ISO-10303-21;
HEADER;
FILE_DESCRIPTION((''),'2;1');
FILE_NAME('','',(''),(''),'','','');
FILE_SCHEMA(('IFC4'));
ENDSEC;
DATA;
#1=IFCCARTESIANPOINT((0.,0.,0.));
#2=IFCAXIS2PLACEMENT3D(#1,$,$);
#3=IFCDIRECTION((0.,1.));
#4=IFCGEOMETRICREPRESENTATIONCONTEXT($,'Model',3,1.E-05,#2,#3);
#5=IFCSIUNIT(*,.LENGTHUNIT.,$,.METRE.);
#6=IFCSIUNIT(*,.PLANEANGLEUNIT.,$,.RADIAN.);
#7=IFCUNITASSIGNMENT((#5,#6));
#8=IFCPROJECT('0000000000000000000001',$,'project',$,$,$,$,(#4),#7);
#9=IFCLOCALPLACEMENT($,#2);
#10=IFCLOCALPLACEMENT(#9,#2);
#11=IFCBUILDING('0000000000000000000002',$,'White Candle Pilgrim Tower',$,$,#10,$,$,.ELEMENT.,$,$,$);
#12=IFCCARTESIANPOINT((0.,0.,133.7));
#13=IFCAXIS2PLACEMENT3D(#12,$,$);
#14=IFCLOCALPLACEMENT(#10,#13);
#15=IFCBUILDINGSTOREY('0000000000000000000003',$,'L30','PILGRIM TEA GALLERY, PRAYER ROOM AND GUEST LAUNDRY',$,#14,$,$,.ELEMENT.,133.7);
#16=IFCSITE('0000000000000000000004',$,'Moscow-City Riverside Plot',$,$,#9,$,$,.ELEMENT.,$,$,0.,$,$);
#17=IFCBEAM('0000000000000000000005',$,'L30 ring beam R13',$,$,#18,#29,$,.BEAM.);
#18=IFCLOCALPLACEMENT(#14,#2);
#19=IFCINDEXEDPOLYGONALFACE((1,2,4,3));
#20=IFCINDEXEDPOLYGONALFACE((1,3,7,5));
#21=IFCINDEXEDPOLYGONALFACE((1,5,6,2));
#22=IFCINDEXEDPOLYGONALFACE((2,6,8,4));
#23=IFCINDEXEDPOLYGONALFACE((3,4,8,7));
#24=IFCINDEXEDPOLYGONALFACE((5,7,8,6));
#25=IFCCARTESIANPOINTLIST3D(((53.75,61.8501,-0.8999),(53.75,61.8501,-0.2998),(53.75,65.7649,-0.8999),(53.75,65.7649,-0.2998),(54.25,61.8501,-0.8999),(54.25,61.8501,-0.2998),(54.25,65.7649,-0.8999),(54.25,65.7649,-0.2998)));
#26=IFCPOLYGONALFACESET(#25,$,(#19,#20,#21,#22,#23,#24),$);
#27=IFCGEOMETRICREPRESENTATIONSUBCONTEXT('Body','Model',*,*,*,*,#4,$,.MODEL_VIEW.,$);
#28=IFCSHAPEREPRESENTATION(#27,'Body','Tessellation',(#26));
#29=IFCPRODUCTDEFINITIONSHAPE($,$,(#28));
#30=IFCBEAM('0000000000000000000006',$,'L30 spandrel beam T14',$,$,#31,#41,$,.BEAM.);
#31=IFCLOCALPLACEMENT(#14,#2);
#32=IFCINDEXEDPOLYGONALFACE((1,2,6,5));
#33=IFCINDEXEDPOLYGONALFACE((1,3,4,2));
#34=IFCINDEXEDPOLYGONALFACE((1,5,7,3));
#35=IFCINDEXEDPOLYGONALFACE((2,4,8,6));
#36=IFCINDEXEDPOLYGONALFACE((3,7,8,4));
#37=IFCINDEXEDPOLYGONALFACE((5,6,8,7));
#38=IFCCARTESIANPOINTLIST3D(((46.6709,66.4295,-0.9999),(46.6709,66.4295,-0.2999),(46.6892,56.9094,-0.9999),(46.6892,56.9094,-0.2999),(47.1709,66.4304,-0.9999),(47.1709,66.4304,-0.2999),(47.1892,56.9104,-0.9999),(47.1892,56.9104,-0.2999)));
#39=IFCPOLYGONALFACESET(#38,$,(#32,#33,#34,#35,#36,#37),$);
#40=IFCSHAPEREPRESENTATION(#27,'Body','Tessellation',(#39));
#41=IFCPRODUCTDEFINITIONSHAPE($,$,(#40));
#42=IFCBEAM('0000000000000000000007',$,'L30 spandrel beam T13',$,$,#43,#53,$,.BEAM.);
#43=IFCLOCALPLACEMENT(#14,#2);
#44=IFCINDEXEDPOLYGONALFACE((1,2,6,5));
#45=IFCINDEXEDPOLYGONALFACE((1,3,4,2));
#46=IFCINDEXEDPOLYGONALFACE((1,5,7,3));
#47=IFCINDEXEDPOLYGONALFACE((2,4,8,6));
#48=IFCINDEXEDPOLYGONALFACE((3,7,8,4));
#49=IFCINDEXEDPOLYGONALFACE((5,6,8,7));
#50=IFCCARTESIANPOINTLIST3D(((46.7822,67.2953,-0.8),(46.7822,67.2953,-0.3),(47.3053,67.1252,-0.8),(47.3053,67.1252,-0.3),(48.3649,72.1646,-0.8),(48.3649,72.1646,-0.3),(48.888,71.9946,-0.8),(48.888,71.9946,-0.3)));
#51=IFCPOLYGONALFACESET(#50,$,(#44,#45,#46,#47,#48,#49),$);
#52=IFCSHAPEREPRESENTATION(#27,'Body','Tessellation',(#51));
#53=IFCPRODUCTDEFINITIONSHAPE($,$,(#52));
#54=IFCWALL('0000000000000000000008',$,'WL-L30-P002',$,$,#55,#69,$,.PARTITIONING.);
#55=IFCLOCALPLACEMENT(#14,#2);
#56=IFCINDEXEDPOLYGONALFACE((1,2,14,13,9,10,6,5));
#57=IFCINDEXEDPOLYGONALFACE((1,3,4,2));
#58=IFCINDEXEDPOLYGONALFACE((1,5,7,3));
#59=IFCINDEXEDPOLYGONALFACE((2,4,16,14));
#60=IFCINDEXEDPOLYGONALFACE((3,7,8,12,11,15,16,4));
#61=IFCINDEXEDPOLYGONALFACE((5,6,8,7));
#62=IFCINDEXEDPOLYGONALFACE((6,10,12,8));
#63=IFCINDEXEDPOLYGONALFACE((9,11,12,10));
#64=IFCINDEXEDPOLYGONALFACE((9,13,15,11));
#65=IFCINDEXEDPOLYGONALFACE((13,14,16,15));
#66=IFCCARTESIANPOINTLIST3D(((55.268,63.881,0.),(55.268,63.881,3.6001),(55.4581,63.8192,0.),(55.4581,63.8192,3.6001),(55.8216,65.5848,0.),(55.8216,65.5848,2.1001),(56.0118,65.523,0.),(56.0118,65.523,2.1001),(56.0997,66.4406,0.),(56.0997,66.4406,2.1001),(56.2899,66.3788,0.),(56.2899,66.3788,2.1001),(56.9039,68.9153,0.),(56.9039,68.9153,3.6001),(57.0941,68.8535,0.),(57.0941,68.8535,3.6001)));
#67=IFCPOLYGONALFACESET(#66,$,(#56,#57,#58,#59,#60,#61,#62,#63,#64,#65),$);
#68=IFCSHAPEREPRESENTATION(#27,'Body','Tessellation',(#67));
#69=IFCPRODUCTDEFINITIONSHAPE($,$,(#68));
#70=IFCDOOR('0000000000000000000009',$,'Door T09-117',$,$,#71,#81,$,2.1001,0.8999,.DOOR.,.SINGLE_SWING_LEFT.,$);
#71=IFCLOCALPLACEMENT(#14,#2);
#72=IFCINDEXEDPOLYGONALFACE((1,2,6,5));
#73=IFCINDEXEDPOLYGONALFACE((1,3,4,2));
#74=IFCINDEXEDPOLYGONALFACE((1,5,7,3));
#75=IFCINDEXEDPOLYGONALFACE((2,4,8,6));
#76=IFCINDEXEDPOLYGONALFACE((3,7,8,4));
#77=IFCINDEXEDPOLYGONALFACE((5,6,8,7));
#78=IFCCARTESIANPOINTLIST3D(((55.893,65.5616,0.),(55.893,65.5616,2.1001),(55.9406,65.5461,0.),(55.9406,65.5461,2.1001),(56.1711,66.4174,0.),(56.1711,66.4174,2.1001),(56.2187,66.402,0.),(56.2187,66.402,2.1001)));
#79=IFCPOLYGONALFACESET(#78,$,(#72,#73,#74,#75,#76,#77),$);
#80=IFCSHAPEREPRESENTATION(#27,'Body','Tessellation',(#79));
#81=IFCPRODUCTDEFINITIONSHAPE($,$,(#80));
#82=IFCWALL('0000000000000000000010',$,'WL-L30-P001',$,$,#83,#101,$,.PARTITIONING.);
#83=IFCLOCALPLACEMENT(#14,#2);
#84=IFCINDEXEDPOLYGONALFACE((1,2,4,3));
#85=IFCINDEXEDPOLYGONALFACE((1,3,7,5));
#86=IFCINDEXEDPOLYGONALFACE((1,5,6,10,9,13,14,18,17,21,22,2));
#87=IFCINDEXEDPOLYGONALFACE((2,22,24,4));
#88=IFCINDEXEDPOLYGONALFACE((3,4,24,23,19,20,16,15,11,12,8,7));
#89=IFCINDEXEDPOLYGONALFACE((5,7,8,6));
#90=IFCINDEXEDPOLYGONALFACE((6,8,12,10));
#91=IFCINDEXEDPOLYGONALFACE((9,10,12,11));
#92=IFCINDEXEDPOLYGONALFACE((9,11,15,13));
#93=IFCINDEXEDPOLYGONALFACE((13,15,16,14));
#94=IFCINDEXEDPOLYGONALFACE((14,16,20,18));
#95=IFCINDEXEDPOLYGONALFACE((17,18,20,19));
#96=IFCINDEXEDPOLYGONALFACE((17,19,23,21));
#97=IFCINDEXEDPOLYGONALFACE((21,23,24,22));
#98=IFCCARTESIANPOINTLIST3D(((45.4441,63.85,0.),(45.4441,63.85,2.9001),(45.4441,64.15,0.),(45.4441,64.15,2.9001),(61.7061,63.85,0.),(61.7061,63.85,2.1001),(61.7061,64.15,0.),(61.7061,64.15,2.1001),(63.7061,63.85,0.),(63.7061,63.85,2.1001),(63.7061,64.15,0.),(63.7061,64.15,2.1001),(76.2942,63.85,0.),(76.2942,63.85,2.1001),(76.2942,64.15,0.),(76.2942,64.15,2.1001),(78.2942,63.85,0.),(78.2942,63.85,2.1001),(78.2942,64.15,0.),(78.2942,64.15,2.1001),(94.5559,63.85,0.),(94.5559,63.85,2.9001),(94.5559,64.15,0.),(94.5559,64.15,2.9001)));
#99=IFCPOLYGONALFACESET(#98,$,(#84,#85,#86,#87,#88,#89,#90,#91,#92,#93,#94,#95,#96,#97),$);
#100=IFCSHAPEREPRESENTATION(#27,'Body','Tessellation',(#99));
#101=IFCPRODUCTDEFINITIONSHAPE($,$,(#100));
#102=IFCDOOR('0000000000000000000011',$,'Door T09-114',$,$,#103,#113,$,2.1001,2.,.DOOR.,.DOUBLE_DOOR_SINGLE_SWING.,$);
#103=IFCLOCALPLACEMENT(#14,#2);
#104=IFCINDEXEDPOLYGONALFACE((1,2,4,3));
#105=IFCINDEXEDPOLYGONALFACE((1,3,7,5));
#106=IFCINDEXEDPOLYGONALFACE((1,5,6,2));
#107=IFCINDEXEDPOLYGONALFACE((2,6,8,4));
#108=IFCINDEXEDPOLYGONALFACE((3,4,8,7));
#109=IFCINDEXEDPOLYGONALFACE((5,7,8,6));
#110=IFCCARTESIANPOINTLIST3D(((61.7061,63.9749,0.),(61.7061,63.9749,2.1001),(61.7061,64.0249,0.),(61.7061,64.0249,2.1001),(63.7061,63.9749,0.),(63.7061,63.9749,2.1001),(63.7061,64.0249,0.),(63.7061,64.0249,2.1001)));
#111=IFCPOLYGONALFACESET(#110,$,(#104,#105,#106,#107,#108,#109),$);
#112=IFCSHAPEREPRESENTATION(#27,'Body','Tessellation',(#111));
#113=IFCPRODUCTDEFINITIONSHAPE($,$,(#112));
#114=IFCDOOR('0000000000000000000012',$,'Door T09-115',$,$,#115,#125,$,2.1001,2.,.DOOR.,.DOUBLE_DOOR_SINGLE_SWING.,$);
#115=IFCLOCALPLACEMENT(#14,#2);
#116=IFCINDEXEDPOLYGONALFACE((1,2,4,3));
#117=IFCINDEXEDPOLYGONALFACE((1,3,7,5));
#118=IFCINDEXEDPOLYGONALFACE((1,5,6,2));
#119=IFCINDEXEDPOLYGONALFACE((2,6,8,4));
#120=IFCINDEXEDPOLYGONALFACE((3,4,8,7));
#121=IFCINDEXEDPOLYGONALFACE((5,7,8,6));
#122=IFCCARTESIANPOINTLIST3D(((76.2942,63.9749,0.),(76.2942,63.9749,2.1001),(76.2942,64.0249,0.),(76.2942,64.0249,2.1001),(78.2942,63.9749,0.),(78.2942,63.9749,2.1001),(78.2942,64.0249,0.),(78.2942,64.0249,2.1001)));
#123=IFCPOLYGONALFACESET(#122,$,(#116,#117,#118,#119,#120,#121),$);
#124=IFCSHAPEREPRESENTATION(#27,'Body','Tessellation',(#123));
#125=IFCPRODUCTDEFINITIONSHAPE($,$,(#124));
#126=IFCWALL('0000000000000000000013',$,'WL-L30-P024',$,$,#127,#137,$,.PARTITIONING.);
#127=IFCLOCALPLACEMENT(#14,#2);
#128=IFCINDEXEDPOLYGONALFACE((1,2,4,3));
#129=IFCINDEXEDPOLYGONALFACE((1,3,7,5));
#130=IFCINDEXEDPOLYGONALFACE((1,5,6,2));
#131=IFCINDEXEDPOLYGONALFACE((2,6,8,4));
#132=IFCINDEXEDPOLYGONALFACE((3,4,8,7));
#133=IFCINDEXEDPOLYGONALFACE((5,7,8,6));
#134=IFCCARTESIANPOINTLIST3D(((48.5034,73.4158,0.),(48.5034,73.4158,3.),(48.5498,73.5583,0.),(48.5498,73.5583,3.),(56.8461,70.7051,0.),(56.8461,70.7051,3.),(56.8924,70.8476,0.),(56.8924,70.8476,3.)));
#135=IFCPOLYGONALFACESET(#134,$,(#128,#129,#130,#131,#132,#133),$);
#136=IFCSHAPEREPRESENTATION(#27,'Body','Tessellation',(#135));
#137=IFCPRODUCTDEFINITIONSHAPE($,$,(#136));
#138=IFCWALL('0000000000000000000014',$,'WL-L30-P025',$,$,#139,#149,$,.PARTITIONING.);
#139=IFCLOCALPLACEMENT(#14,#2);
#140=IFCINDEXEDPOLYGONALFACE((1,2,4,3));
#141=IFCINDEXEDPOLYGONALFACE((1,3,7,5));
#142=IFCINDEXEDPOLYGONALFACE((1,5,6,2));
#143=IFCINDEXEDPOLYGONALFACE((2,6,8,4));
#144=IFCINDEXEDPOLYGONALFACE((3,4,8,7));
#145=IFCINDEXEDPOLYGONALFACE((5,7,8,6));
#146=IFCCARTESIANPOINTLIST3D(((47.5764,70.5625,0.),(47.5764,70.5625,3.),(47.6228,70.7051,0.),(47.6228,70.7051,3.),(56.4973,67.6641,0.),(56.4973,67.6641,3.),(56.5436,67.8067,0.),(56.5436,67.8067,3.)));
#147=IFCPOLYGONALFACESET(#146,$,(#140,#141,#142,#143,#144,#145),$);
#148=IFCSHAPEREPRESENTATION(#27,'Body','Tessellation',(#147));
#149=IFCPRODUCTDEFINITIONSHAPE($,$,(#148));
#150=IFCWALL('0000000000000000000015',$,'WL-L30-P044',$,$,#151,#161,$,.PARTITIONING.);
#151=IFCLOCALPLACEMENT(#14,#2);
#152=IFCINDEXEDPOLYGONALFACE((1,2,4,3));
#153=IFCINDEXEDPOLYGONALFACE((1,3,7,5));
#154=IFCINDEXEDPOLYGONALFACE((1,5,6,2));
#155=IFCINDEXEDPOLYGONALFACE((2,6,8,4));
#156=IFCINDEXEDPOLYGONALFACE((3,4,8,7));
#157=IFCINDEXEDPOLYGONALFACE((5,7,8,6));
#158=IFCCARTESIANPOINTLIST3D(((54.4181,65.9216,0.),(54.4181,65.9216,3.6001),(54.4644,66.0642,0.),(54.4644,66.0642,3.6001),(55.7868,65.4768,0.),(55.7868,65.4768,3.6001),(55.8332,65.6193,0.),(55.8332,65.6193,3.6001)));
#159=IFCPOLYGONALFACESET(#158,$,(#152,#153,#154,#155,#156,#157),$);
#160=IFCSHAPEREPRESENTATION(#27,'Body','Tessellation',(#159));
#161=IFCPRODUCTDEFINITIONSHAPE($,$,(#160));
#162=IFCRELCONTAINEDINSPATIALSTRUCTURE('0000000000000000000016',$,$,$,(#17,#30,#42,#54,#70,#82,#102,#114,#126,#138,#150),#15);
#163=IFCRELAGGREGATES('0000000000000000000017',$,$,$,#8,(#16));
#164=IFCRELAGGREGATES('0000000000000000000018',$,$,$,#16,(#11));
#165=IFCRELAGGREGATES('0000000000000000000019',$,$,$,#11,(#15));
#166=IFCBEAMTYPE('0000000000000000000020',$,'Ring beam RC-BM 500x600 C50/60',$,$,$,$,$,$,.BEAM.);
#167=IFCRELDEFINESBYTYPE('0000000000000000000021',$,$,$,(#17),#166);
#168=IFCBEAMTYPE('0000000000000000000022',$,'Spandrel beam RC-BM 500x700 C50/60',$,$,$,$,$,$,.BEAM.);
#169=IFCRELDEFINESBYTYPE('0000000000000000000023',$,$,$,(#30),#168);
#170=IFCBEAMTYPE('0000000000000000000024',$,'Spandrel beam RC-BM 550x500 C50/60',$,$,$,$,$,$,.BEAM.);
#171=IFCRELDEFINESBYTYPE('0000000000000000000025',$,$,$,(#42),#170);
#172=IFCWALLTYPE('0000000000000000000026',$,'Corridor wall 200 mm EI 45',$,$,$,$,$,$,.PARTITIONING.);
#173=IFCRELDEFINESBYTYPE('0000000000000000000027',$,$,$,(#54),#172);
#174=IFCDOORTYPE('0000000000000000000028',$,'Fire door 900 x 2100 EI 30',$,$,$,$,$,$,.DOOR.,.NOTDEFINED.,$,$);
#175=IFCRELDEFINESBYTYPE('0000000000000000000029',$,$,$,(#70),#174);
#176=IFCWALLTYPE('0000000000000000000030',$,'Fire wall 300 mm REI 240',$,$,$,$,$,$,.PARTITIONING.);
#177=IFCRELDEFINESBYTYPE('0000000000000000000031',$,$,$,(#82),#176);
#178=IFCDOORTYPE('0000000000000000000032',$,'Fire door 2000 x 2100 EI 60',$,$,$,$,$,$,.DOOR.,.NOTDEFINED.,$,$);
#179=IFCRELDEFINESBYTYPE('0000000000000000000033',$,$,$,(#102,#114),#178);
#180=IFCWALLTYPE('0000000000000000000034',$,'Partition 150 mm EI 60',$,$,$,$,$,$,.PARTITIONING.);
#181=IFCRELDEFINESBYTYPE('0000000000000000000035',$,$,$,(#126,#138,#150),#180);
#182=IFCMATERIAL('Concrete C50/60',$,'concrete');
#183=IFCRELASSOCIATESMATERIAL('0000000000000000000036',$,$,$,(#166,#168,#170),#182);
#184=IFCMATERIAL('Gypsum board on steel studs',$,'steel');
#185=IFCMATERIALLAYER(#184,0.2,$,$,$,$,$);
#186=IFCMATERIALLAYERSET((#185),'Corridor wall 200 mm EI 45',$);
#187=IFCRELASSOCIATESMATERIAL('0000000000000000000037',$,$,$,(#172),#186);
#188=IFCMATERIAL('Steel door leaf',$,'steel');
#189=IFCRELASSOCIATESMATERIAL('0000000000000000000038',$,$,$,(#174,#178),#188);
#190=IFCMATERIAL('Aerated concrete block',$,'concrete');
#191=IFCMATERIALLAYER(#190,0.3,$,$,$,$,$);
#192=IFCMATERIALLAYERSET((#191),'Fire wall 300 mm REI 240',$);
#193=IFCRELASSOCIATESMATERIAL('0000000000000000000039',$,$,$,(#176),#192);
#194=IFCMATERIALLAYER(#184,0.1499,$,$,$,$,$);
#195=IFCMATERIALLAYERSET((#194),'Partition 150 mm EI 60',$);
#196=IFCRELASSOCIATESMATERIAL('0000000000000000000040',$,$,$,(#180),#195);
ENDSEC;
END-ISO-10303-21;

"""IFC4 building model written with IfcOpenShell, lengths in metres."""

from ifc_helpers import new_model, si_unit, direction, frame, frame_2d, origin, origin_2d, place, context, subcontext, project, spatial, rectangle, extrude, material, layer, layer_set, material_profile, profile_set, type_object, element, fill, save


model = new_model("IFC4")

# Units and contexts
model_context = context("Model", 3, precision=1e-05, world=origin(), true_north=direction((0.0, 1.0)))
body_context = subcontext(model_context, "Body", "Model", "MODEL_VIEW")
ifc_project = project(units=[si_unit("LENGTHUNIT", "METRE"), si_unit("PLANEANGLEUNIT", "RADIAN")], contexts=[model_context])

# Site, building, storey
site_placement = place(None, origin())
site = spatial("IfcSite", under=ifc_project, at=site_placement, Name="Moscow-City Riverside Plot", CompositionType="ELEMENT", RefElevation=0.0)
building_placement = place(site_placement, origin())
building = spatial("IfcBuilding", under=site, at=building_placement, Name="White Candle Pilgrim Tower", CompositionType="ELEMENT")
storey_placement = place(building_placement, frame((0.0, 0.0, 133.7)))
storey = spatial("IfcBuildingStorey", under=building, at=storey_placement, Name="L30", Description="PILGRIM TEA GALLERY, PRAYER ROOM AND GUEST LAUNDRY", CompositionType="ELEMENT", Elevation=133.7)

# Beams
ifc_material_1 = material(Name="Concrete C50/60", Category="concrete")
ifc_material_profile_1 = material_profile(ifc_material_1, rectangle(XDim=0.5, YDim=0.6001, at=origin_2d()), Name="RC-BM 500x600")
ifc_profile_set_1 = profile_set([ifc_material_profile_1], Name="Concrete C50/60")
beam_type_1 = type_object("IfcBeamType", Name="Ring beam RC-BM 500x600 C50/60", PredefinedType="BEAM", material=ifc_profile_set_1)
beam_1_placement = place(storey_placement, frame((54.0, 65.7649, -0.5999), z_axis=(0.0, -1.0, 0.0), x_axis=(1.0, 0.0, 0.0)))
element("IfcBeam", 1, at=beam_1_placement, inside=storey, type_object=beam_type_1, Name="L30 ring beam R13", PredefinedType="BEAM", context=body_context, shape_type="SweptSolid", body=[
    extrude(rectangle(XDim=0.5, YDim=0.6001, at=origin_2d()), origin(), (0.0, 0.0, 1.0), 3.9148),
])
ifc_material_profile_2 = material_profile(ifc_material_1, rectangle(XDim=0.5, YDim=0.7, at=origin_2d()), Name="RC-BM 500x700")
ifc_profile_set_2 = profile_set([ifc_material_profile_2], Name="Concrete C50/60")
beam_type_2 = type_object("IfcBeamType", Name="Spandrel beam RC-BM 500x700 C50/60", PredefinedType="BEAM", material=ifc_profile_set_2)
beam_2_placement = place(storey_placement, frame((46.9209, 66.4299, -0.6499), z_axis=(0.001923, -0.999998, 0.0), x_axis=(0.999998, 0.001923, 0.0)))
element("IfcBeam", 2, at=beam_2_placement, inside=storey, type_object=beam_type_2, Name="L30 spandrel beam T14", PredefinedType="BEAM", context=body_context, shape_type="SweptSolid", body=[
    extrude(rectangle(XDim=0.5, YDim=0.7, at=origin_2d()), origin(), (0.0, 0.0, 1.0), 9.52),
])
ifc_material_profile_3 = material_profile(ifc_material_1, rectangle(XDim=0.55, YDim=0.5, at=origin_2d()), Name="RC-BM 550x500")
ifc_profile_set_3 = profile_set([ifc_material_profile_3], Name="Concrete C50/60")
beam_type_3 = type_object("IfcBeamType", Name="Spandrel beam RC-BM 550x500 C50/60", PredefinedType="BEAM", material=ifc_profile_set_3)
beam_3_placement = place(storey_placement, frame((48.6265, 72.0796, -0.55), z_axis=(-0.309124, -0.951022, 0.0), x_axis=(0.951022, -0.309124, 0.0)))
element("IfcBeam", 3, at=beam_3_placement, inside=storey, type_object=beam_type_3, Name="L30 spandrel beam T13", PredefinedType="BEAM", context=body_context, shape_type="SweptSolid", body=[
    extrude(rectangle(XDim=0.55, YDim=0.5, at=origin_2d()), origin(), (0.0, 0.0, 1.0), 5.1201),
])

# Wall, opening, door
ifc_material_2 = material(Name="Gypsum board on steel studs", Category="steel")
ifc_layer_1 = layer(ifc_material_2, 0.2)
ifc_layer_set_1 = layer_set([ifc_layer_1], Name="Corridor wall 200 mm EI 45")
wall_type_1 = type_object("IfcWallType", Name="Corridor wall 200 mm EI 45", PredefinedType="PARTITIONING", material=ifc_layer_set_1)
wall_1_placement = place(storey_placement, frame((55.363, 63.8501, 0.0), z_axis=(0.0, 0.0, 1.0), x_axis=(0.309052, 0.951045, 0.0)))
wall_1 = element("IfcWall", 4, at=wall_1_placement, inside=storey, type_object=wall_type_1, Name="WL-L30-P002", PredefinedType="PARTITIONING", context=body_context, shape_type="SweptSolid", body=[
    extrude(rectangle(XDim=5.2935, YDim=0.2, at=frame_2d((2.6467, 0.0))), origin(), (0.0, 0.0, 1.0), 3.6001),
])
opening_1_placement = place(wall_1_placement, frame((1.7915, 0.0, 0.0)))
opening_1 = element("IfcOpeningElement", 5, at=opening_1_placement, cuts=wall_1, PredefinedType="OPENING", context=body_context, shape_type="SweptSolid", body=[
    extrude(rectangle(XDim=0.8999, YDim=2.1001, at=frame_2d((0.45, 1.05))), frame((0.0, 0.1099, 0.0), z_axis=(0.0, -1.0, 0.0), x_axis=(1.0, 0.0, 0.0)), (0.0, 0.0, 1.0), 0.22),
])
ifc_material_3 = material(Name="Steel door leaf", Category="steel")
door_type_1 = type_object("IfcDoorType", Name="Fire door 900 x 2100 EI 30", OperationType="NOTDEFINED", PredefinedType="DOOR", material=ifc_material_3)
door_1_placement = place(opening_1_placement, origin())
door_1 = element("IfcDoor", 6, at=door_1_placement, inside=storey, type_object=door_type_1, Name="Door T09-117", OperationType="SINGLE_SWING_LEFT", OverallHeight=2.1001, OverallWidth=0.8999, PredefinedType="DOOR", context=body_context, shape_type="SweptSolid", body=[
    extrude(rectangle(XDim=0.8999, YDim=2.1001, at=frame_2d((0.45, 1.05))), frame((0.0, 0.0249, 0.0), z_axis=(0.0, -1.0, 0.0), x_axis=(1.0, 0.0, 0.0)), (0.0, 0.0, 1.0), 0.05),
])
fill(opening_1, door_1)

# Wall, openings, doors
ifc_material_4 = material(Name="Aerated concrete block", Category="concrete")
ifc_layer_2 = layer(ifc_material_4, 0.3)
ifc_layer_set_2 = layer_set([ifc_layer_2], Name="Fire wall 300 mm REI 240")
wall_type_2 = type_object("IfcWallType", Name="Fire wall 300 mm REI 240", PredefinedType="PARTITIONING", material=ifc_layer_set_2)
wall_2_placement = place(storey_placement, frame((45.4441, 64.0, 0.0), z_axis=(0.0, 0.0, 1.0), x_axis=(1.0, 0.0, 0.0)))
wall_2 = element("IfcWall", 7, at=wall_2_placement, inside=storey, type_object=wall_type_2, Name="WL-L30-P001", PredefinedType="PARTITIONING", context=body_context, shape_type="SweptSolid", body=[
    extrude(rectangle(XDim=49.1118, YDim=0.3, at=frame_2d((24.5559, 0.0))), origin(), (0.0, 0.0, 1.0), 2.9001),
])
opening_2_placement = place(wall_2_placement, frame((16.262, 0.0, 0.0)))
opening_2 = element("IfcOpeningElement", 8, at=opening_2_placement, cuts=wall_2, PredefinedType="OPENING", context=body_context, shape_type="SweptSolid", body=[
    extrude(rectangle(XDim=2.0, YDim=2.1001, at=frame_2d((1.0, 1.05))), frame((0.0, 0.1599, 0.0), z_axis=(0.0, -1.0, 0.0), x_axis=(1.0, 0.0, 0.0)), (0.0, 0.0, 1.0), 0.3201),
])
opening_3_placement = place(wall_2_placement, frame((30.8501, 0.0, 0.0)))
opening_3 = element("IfcOpeningElement", 9, at=opening_3_placement, cuts=wall_2, PredefinedType="OPENING", context=body_context, shape_type="SweptSolid", body=[
    extrude(rectangle(XDim=2.0, YDim=2.1001, at=frame_2d((1.0, 1.05))), frame((0.0, 0.1599, 0.0), z_axis=(0.0, -1.0, 0.0), x_axis=(1.0, 0.0, 0.0)), (0.0, 0.0, 1.0), 0.3201),
])
door_type_2 = type_object("IfcDoorType", Name="Fire door 2000 x 2100 EI 60", OperationType="NOTDEFINED", PredefinedType="DOOR", material=ifc_material_3)
door_2_placement = place(opening_2_placement, origin())
door_2 = element("IfcDoor", 10, at=door_2_placement, inside=storey, type_object=door_type_2, Name="Door T09-114", OperationType="DOUBLE_DOOR_SINGLE_SWING", OverallHeight=2.1001, OverallWidth=2.0, PredefinedType="DOOR", context=body_context, shape_type="SweptSolid", body=[
    extrude(rectangle(XDim=2.0, YDim=2.1001, at=frame_2d((1.0, 1.05))), frame((0.0, 0.0249, 0.0), z_axis=(0.0, -1.0, 0.0), x_axis=(1.0, 0.0, 0.0)), (0.0, 0.0, 1.0), 0.05),
])
fill(opening_2, door_2)
door_3_placement = place(opening_3_placement, origin())
door_3 = element("IfcDoor", 11, at=door_3_placement, inside=storey, type_object=door_type_2, Name="Door T09-115", OperationType="DOUBLE_DOOR_SINGLE_SWING", OverallHeight=2.1001, OverallWidth=2.0, PredefinedType="DOOR", context=body_context, shape_type="SweptSolid", body=[
    extrude(rectangle(XDim=2.0, YDim=2.1001, at=frame_2d((1.0, 1.05))), frame((0.0, 0.0249, 0.0), z_axis=(0.0, -1.0, 0.0), x_axis=(1.0, 0.0, 0.0)), (0.0, 0.0, 1.0), 0.05),
])
fill(opening_3, door_3)

# Walls
ifc_layer_3 = layer(ifc_material_2, 0.1499)
ifc_layer_set_3 = layer_set([ifc_layer_3], Name="Partition 150 mm EI 60")
wall_type_3 = type_object("IfcWallType", Name="Partition 150 mm EI 60", PredefinedType="PARTITIONING", material=ifc_layer_set_3)
wall_3_placement = place(storey_placement, frame((48.5266, 73.4871, 0.0), z_axis=(0.0, 0.0, 1.0), x_axis=(0.951055, -0.309021, 0.0)))
element("IfcWall", 12, at=wall_3_placement, inside=storey, type_object=wall_type_3, Name="WL-L30-P024", PredefinedType="PARTITIONING", context=body_context, shape_type="SweptSolid", body=[
    extrude(rectangle(XDim=8.772, YDim=0.1499, at=frame_2d((4.386, 0.0))), origin(), (0.0, 0.0, 1.0), 3.0),
])
wall_4_placement = place(storey_placement, frame((47.5996, 70.6338, 0.0), z_axis=(0.0, 0.0, 1.0), x_axis=(0.951061, -0.309004, 0.0)))
element("IfcWall", 13, at=wall_4_placement, inside=storey, type_object=wall_type_3, Name="WL-L30-P025", PredefinedType="PARTITIONING", context=body_context, shape_type="SweptSolid", body=[
    extrude(rectangle(XDim=9.3799, YDim=0.1499, at=frame_2d((4.6899, 0.0))), origin(), (0.0, 0.0, 1.0), 3.0),
])
wall_5_placement = place(storey_placement, frame((54.4412, 65.9929, 0.0), z_axis=(0.0, 0.0, 1.0), x_axis=(0.951032, -0.309094, 0.0)))
element("IfcWall", 14, at=wall_5_placement, inside=storey, type_object=wall_type_3, Name="WL-L30-P044", PredefinedType="PARTITIONING", context=body_context, shape_type="SweptSolid", body=[
    extrude(rectangle(XDim=1.4392, YDim=0.1499, at=frame_2d((0.7197, 0.0))), origin(), (0.0, 0.0, 1.0), 3.6001),
])

save(model, "model.ifc")
